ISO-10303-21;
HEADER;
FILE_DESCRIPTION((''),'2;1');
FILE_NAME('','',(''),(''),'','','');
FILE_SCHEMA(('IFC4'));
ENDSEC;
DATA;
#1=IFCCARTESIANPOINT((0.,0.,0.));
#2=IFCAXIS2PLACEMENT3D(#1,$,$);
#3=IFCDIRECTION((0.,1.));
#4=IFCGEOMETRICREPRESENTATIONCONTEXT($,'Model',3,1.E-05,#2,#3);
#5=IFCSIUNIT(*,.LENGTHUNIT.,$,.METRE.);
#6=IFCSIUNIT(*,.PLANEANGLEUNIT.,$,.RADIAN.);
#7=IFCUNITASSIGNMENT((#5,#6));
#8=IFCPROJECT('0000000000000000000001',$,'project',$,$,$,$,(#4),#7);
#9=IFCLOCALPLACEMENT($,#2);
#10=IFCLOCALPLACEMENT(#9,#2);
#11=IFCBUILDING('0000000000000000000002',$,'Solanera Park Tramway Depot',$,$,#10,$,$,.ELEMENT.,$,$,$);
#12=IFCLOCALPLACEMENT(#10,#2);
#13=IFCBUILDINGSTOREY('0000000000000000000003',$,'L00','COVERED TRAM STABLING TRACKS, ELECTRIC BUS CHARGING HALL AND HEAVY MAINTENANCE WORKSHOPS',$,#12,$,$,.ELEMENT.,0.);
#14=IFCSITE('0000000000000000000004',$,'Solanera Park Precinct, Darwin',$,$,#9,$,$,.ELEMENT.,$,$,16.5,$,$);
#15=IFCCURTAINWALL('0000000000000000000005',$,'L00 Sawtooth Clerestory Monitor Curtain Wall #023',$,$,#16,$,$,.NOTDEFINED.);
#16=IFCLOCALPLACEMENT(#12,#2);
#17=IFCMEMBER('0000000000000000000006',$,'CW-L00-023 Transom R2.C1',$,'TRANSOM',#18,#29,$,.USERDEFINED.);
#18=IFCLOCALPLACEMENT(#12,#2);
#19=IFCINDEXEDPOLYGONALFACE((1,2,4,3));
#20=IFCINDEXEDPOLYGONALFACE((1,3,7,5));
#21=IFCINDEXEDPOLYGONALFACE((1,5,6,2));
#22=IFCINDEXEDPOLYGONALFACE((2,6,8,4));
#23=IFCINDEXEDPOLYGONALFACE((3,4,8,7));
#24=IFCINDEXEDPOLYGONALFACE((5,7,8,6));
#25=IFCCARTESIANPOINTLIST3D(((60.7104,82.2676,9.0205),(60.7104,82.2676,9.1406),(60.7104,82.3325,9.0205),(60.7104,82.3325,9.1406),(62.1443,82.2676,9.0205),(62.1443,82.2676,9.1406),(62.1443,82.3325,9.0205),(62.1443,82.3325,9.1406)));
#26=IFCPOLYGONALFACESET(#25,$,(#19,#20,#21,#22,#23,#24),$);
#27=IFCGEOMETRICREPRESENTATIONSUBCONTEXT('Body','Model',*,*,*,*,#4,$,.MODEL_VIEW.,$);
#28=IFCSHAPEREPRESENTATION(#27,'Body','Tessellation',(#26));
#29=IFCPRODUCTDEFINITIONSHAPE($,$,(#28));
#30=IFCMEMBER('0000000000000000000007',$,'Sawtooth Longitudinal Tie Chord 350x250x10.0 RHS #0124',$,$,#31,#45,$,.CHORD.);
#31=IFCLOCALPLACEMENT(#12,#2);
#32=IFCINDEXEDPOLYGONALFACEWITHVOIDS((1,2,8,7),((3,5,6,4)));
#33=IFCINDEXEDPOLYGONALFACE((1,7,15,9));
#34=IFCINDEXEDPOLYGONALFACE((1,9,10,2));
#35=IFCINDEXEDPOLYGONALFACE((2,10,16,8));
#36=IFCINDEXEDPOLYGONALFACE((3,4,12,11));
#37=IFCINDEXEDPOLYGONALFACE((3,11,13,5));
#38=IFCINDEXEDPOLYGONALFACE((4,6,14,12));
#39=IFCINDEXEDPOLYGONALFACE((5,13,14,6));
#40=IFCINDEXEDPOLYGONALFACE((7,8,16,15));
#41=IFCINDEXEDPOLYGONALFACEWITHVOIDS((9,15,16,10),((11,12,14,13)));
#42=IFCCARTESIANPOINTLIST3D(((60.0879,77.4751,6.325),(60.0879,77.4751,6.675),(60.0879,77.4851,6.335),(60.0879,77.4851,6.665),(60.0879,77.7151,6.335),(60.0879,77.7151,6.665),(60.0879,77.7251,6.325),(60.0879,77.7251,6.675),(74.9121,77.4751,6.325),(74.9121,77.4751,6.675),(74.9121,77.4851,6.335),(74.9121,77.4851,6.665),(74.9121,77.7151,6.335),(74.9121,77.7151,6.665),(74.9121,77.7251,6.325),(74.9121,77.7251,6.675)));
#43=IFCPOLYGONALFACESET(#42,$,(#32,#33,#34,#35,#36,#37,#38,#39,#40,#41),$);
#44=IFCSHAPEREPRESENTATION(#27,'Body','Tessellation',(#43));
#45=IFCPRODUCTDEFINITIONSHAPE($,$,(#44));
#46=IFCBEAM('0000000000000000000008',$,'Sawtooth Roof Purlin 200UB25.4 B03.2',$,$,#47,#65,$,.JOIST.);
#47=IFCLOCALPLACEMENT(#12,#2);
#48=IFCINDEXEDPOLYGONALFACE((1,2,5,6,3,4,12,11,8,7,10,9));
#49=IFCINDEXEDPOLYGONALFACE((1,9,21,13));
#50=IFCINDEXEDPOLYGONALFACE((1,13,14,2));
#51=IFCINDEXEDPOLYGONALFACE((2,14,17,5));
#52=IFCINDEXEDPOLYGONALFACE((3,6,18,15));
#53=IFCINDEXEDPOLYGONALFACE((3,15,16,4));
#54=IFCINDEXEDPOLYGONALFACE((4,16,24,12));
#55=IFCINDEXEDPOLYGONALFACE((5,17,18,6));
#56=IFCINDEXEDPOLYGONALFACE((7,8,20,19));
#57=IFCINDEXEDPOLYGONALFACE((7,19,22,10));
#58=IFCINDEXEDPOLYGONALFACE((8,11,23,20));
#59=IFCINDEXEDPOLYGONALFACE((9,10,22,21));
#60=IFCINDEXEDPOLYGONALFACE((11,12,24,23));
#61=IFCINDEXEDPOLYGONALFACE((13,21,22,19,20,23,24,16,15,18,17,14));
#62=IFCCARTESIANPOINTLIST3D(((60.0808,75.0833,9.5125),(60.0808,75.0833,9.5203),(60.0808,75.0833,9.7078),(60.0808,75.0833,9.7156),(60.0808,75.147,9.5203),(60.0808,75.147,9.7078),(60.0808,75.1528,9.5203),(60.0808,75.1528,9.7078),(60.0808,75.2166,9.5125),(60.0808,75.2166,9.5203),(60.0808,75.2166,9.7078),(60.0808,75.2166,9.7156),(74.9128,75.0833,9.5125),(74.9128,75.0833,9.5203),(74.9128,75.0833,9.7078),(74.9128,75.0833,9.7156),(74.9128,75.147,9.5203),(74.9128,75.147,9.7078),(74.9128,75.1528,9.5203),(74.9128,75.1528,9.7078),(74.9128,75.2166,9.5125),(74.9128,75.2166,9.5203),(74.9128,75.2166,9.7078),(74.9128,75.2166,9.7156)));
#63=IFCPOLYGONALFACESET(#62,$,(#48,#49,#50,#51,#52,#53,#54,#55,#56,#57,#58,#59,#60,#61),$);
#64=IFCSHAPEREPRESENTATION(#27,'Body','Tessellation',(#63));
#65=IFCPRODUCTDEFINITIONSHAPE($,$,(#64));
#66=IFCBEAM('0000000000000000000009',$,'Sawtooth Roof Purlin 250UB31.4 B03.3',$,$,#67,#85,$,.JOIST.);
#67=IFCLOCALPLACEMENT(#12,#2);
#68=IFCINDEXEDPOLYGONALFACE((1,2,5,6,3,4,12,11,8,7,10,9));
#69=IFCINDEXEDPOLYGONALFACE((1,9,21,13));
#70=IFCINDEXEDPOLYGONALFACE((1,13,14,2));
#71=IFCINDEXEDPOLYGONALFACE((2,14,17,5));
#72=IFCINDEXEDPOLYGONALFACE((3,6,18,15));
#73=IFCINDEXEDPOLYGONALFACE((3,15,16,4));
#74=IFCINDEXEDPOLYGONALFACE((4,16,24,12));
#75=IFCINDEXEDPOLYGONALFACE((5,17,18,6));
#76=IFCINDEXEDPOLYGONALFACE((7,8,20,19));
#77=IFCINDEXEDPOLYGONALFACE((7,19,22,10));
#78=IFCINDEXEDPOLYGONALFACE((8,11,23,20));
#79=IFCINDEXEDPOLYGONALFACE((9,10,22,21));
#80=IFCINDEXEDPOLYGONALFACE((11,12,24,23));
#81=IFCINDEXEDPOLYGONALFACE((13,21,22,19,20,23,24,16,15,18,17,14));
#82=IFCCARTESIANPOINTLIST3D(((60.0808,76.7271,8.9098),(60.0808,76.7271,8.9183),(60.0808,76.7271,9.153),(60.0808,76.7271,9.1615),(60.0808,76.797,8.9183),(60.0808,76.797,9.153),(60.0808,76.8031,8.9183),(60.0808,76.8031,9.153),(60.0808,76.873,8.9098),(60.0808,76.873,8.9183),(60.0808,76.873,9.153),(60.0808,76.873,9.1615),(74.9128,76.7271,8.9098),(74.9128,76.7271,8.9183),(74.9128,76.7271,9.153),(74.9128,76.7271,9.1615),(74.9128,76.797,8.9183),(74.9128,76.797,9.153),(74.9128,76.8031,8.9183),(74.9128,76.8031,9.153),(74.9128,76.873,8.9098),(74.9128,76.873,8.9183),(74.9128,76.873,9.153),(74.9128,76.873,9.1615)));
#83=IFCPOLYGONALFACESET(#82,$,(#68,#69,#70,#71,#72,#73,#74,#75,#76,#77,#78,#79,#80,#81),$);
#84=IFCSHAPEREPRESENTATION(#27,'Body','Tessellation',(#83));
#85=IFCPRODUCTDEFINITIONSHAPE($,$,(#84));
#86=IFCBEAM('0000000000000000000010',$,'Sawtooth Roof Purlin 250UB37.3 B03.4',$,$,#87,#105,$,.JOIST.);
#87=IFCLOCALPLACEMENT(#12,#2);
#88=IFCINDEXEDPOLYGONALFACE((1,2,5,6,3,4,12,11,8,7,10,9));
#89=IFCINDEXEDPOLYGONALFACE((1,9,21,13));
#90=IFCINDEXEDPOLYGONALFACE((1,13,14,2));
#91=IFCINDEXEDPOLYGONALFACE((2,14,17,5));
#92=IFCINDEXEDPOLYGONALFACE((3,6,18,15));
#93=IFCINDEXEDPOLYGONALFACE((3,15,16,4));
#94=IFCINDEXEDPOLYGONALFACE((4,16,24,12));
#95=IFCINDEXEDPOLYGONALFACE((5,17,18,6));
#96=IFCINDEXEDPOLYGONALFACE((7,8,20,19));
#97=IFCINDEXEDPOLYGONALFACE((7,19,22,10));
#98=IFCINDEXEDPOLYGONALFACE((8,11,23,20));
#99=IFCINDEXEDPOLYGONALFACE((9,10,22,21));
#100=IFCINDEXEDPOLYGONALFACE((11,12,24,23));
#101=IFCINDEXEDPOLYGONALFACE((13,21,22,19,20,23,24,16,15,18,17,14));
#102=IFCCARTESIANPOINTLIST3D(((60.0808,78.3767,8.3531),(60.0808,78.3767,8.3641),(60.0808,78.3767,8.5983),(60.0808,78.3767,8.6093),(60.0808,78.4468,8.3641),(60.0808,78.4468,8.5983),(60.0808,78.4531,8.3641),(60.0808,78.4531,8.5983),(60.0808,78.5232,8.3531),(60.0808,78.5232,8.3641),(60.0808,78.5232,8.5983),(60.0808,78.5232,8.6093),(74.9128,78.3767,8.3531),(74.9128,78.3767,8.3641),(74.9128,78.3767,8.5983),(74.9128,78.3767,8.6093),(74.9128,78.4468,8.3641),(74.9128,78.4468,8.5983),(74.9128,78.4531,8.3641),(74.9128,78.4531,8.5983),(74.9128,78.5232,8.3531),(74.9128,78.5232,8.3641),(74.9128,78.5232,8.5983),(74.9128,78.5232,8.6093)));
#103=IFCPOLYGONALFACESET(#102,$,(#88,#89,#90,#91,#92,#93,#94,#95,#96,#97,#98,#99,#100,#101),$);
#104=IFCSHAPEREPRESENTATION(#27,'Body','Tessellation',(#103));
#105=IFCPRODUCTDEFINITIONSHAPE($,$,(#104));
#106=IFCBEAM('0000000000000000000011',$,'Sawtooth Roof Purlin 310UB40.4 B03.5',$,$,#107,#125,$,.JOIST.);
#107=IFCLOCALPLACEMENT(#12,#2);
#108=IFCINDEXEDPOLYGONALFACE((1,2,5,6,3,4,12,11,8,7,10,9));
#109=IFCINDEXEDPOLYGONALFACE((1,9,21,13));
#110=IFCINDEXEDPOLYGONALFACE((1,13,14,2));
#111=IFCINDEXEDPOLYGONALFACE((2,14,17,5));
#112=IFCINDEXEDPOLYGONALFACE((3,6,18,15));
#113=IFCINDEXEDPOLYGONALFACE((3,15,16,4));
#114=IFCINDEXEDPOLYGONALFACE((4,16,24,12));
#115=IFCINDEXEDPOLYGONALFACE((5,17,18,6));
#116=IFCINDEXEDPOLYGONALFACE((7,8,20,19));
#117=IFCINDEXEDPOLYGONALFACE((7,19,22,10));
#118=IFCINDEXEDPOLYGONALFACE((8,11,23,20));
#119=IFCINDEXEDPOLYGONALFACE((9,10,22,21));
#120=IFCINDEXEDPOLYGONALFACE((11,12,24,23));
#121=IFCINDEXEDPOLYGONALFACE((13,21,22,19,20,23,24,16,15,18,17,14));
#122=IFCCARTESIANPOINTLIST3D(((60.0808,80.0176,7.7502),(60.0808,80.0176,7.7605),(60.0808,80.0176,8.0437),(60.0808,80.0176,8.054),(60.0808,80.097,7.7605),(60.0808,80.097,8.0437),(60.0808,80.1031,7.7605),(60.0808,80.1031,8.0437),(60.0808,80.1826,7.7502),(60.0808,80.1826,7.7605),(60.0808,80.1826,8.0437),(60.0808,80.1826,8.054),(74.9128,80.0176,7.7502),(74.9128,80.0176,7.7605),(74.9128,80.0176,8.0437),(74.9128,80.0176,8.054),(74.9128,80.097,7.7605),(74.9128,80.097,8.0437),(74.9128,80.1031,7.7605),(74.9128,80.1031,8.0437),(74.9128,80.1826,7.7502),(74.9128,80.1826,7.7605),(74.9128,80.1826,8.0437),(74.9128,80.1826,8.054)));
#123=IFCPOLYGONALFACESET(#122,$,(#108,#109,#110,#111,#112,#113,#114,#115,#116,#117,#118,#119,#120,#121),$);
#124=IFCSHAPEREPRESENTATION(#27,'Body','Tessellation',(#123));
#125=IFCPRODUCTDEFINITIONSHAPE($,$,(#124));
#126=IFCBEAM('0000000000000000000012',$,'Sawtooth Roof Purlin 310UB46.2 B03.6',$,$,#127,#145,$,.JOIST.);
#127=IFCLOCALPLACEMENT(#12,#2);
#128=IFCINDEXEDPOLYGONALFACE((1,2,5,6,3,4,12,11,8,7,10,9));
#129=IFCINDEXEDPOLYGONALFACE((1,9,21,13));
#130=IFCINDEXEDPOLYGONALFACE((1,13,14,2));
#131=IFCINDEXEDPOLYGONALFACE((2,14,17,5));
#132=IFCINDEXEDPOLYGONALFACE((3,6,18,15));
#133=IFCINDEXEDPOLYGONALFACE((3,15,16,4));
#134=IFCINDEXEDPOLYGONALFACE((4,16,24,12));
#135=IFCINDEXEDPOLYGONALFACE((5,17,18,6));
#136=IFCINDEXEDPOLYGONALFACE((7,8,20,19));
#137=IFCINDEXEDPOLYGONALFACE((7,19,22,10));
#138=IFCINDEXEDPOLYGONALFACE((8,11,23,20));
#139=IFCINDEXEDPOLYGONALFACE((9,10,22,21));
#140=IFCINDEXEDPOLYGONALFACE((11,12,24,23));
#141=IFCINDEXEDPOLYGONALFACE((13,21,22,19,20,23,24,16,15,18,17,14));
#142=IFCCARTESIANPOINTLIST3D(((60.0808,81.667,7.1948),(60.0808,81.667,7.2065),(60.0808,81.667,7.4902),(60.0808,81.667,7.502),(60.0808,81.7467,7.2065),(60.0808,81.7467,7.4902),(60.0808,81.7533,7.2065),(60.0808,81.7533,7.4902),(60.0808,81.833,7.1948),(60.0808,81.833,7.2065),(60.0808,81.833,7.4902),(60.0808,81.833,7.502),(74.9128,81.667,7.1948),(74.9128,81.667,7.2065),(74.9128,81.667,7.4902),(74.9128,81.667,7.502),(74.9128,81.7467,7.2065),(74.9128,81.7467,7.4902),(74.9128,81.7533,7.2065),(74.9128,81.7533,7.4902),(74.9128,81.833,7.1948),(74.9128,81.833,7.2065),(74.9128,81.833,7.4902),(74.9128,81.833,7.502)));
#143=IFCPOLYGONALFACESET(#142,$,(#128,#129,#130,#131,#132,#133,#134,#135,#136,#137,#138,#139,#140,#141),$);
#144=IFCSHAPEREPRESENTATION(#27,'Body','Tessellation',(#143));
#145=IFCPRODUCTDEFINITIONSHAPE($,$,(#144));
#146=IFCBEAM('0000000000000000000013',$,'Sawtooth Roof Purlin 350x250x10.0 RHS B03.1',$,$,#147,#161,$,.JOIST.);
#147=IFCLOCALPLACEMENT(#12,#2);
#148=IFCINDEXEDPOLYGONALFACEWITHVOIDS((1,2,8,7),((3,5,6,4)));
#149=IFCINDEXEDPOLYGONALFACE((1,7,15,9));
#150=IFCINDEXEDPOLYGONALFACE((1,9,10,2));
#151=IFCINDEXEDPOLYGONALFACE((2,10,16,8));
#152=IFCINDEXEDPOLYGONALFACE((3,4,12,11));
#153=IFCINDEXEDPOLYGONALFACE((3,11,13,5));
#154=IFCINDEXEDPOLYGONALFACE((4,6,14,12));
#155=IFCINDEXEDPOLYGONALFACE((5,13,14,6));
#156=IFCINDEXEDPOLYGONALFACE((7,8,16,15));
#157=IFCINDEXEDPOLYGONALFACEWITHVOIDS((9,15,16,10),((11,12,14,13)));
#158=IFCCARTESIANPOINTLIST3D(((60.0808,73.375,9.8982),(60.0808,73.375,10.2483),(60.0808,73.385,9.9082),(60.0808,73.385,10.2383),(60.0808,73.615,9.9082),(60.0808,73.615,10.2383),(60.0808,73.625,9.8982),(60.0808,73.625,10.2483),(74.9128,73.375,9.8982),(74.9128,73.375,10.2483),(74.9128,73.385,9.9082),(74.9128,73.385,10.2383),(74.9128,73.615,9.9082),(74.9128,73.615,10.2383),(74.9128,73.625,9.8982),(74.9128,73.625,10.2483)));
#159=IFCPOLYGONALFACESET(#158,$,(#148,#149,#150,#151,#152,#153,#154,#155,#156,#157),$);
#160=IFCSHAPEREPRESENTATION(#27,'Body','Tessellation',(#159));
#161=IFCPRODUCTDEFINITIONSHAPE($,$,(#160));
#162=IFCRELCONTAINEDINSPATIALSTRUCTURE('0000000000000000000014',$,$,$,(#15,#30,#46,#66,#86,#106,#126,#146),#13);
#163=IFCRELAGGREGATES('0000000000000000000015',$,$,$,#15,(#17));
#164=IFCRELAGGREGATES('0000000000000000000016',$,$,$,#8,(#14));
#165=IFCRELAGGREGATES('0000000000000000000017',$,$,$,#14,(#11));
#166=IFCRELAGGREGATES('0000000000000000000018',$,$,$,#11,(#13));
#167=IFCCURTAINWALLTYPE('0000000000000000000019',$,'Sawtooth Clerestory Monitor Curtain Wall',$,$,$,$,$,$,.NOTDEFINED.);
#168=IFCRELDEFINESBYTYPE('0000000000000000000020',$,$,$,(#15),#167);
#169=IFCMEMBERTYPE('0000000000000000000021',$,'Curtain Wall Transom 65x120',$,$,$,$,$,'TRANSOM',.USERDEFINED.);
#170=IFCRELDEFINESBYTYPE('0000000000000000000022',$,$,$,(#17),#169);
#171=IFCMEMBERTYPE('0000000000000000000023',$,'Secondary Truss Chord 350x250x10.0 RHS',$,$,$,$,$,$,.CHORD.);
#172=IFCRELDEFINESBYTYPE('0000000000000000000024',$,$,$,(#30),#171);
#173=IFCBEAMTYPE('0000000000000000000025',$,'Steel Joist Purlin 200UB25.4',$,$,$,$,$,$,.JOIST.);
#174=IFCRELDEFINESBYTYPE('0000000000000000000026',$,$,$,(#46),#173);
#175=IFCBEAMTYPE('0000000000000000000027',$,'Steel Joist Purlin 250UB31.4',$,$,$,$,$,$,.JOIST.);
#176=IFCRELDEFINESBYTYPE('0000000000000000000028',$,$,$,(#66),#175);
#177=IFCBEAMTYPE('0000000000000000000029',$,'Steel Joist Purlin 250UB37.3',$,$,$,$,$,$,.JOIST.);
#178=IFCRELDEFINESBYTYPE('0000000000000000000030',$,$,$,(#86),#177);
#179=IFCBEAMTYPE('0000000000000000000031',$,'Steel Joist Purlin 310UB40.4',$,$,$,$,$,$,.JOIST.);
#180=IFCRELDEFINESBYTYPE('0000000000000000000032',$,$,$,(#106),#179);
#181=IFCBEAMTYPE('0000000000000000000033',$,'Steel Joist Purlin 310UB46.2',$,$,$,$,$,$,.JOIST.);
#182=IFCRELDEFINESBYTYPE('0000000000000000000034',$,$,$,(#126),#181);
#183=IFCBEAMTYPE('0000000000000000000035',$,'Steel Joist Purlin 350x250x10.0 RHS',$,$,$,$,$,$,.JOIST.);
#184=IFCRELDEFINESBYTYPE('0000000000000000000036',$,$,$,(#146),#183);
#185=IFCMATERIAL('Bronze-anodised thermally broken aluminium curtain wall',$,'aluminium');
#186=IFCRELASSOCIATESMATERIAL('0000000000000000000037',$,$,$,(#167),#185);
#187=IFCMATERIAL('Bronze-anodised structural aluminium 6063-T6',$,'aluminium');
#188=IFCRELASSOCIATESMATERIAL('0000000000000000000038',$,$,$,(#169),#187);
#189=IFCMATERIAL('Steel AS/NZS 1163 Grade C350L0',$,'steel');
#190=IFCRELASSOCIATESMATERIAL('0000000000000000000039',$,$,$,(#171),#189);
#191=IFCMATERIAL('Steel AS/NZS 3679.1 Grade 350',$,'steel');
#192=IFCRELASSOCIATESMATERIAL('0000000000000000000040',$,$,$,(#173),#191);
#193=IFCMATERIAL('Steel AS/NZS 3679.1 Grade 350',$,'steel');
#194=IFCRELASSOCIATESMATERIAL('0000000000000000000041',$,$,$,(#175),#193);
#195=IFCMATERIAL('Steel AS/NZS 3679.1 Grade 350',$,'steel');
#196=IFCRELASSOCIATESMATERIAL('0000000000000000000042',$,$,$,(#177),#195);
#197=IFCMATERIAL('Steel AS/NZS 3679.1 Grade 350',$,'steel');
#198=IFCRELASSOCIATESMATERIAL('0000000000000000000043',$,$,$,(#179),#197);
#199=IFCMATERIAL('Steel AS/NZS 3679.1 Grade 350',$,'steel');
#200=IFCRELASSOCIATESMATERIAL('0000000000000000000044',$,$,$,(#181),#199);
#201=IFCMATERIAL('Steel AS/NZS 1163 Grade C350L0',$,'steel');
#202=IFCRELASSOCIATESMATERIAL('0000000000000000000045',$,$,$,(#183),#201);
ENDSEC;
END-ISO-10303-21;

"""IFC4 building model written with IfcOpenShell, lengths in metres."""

from ifc_helpers import new_model, si_unit, direction, frame, origin, origin_2d, place, context, subcontext, project, spatial, rectangle, hollow_rectangle, i_section, extrude, material, material_profile, profile_set, type_object, element, aggregate, save


model = new_model("IFC4")

# Units and contexts
model_context = context("Model", 3, precision=1e-05, world=origin(), true_north=direction((0.0, 1.0)))
body_context = subcontext(model_context, "Body", "Model", "MODEL_VIEW")
ifc_project = project(units=[si_unit("LENGTHUNIT", "METRE"), si_unit("PLANEANGLEUNIT", "RADIAN")], contexts=[model_context])

# Site, building, storey
site_placement = place(None, origin())
site = spatial("IfcSite", under=ifc_project, at=site_placement, Name="Solanera Park Precinct, Darwin", CompositionType="ELEMENT", RefElevation=16.5)
building_placement = place(site_placement, origin())
building = spatial("IfcBuilding", under=site, at=building_placement, Name="Solanera Park Tramway Depot", CompositionType="ELEMENT")
storey_placement = place(building_placement, origin())
storey = spatial("IfcBuildingStorey", under=building, at=storey_placement, Name="L00", Description="COVERED TRAM STABLING TRACKS, ELECTRIC BUS CHARGING HALL AND HEAVY MAINTENANCE WORKSHOPS", CompositionType="ELEMENT", Elevation=0.0)

# Shared definitions
ifc_material_1 = material(Name="Bronze-anodised thermally broken aluminium curtain wall", Category="aluminium")
curtain_wall_type = type_object("IfcCurtainWallType", Name="Sawtooth Clerestory Monitor Curtain Wall", PredefinedType="NOTDEFINED", material=ifc_material_1)

# Curtain wall
curtain_wall_1_placement = place(storey_placement, origin())
curtain_wall_1 = element("IfcCurtainWall", 1, at=curtain_wall_1_placement, inside=storey, type_object=curtain_wall_type, Name="L00 Sawtooth Clerestory Monitor Curtain Wall #023", PredefinedType="NOTDEFINED")

# Members
ifc_material_2 = material(Name="Bronze-anodised structural aluminium 6063-T6", Category="aluminium")
ifc_material_profile_1 = material_profile(ifc_material_2, rectangle(XDim=0.0649, YDim=0.1201, at=origin_2d()), Name="Curtain Wall Transom 65x120")
ifc_profile_set_1 = profile_set([ifc_material_profile_1], Name="Bronze-anodised structural aluminium 6063-T6")
member_type_1 = type_object("IfcMemberType", Name="Curtain Wall Transom 65x120", ElementType="TRANSOM", PredefinedType="USERDEFINED", material=ifc_profile_set_1)
member_1_placement = place(storey_placement, frame((60.7104, 82.3, 9.0806), z_axis=(1.0, 0.0, 0.0), x_axis=(0.0, 1.0, 0.0)))
member_1 = element("IfcMember", 2, at=member_1_placement, type_object=member_type_1, Name="CW-L00-023 Transom R2.C1", ObjectType="TRANSOM", PredefinedType="USERDEFINED", context=body_context, shape_type="SweptSolid", body=[
    extrude(rectangle(XDim=0.0649, YDim=0.1201, at=origin_2d()), origin(), (0.0, 0.0, 1.0), 1.4338),
])
aggregate(curtain_wall_1, [member_1])
ifc_material_3 = material(Name="Steel AS/NZS 1163 Grade C350L0", Category="steel")
ifc_material_profile_2 = material_profile(ifc_material_3, hollow_rectangle(XDim=0.25, YDim=0.3501, WallThickness=0.01, at=origin_2d()), Name="350x250x10.0 RHS")
ifc_profile_set_2 = profile_set([ifc_material_profile_2], Name="Steel AS/NZS 1163 Grade C350L0")
member_type_2 = type_object("IfcMemberType", Name="Secondary Truss Chord 350x250x10.0 RHS", PredefinedType="CHORD", material=ifc_profile_set_2)
member_2_placement = place(storey_placement, frame((60.0879, 77.6001, 6.5), z_axis=(1.0, 0.0, 0.0), x_axis=(0.0, 1.0, 0.0)))
element("IfcMember", 3, at=member_2_placement, inside=storey, type_object=member_type_2, Name="Sawtooth Longitudinal Tie Chord 350x250x10.0 RHS #0124", PredefinedType="CHORD", context=body_context, shape_type="SweptSolid", body=[
    extrude(hollow_rectangle(XDim=0.25, YDim=0.3501, WallThickness=0.01, at=origin_2d()), origin(), (0.0, 0.0, 1.0), 14.8242),
])

# Beams
ifc_material_4 = material(Name="Steel AS/NZS 3679.1 Grade 350", Category="steel")
ifc_material_profile_3 = material_profile(ifc_material_4, i_section(OverallWidth=0.1333, OverallDepth=0.2031, WebThickness=0.0059, FlangeThickness=0.0078, at=origin_2d()), Name="200UB25.4")
ifc_profile_set_3 = profile_set([ifc_material_profile_3], Name="Steel AS/NZS 3679.1 Grade 350")
beam_type_1 = type_object("IfcBeamType", Name="Steel Joist Purlin 200UB25.4", PredefinedType="JOIST", material=ifc_profile_set_3)
beam_1_placement = place(storey_placement, frame((60.0808, 75.1499, 9.614), z_axis=(1.0, 0.0, 0.0), x_axis=(0.0, 1.0, 0.0)))
element("IfcBeam", 4, at=beam_1_placement, inside=storey, type_object=beam_type_1, Name="Sawtooth Roof Purlin 200UB25.4 B03.2", PredefinedType="JOIST", context=body_context, shape_type="SweptSolid", body=[
    extrude(i_section(OverallWidth=0.1333, OverallDepth=0.2031, WebThickness=0.0059, FlangeThickness=0.0078, at=origin_2d()), origin(), (0.0, 0.0, 1.0), 14.832),
])
ifc_material_5 = material(Name="Steel AS/NZS 3679.1 Grade 350", Category="steel")
ifc_material_profile_4 = material_profile(ifc_material_5, i_section(OverallWidth=0.146, OverallDepth=0.2517, WebThickness=0.0061, FlangeThickness=0.0085, at=origin_2d()), Name="250UB31.4")
ifc_profile_set_4 = profile_set([ifc_material_profile_4], Name="Steel AS/NZS 3679.1 Grade 350")
beam_type_2 = type_object("IfcBeamType", Name="Steel Joist Purlin 250UB31.4", PredefinedType="JOIST", material=ifc_profile_set_4)
beam_2_placement = place(storey_placement, frame((60.0808, 76.8, 9.0356), z_axis=(1.0, 0.0, 0.0), x_axis=(0.0, 1.0, 0.0)))
element("IfcBeam", 5, at=beam_2_placement, inside=storey, type_object=beam_type_2, Name="Sawtooth Roof Purlin 250UB31.4 B03.3", PredefinedType="JOIST", context=body_context, shape_type="SweptSolid", body=[
    extrude(i_section(OverallWidth=0.146, OverallDepth=0.2517, WebThickness=0.0061, FlangeThickness=0.0085, at=origin_2d()), origin(), (0.0, 0.0, 1.0), 14.832),
])
ifc_material_6 = material(Name="Steel AS/NZS 3679.1 Grade 350", Category="steel")
ifc_material_profile_5 = material_profile(ifc_material_6, i_section(OverallWidth=0.1465, OverallDepth=0.2561, WebThickness=0.0063, FlangeThickness=0.011, at=origin_2d()), Name="250UB37.3")
ifc_profile_set_5 = profile_set([ifc_material_profile_5], Name="Steel AS/NZS 3679.1 Grade 350")
beam_type_3 = type_object("IfcBeamType", Name="Steel Joist Purlin 250UB37.3", PredefinedType="JOIST", material=ifc_profile_set_5)
beam_3_placement = place(storey_placement, frame((60.0808, 78.45, 8.4812), z_axis=(1.0, 0.0, 0.0), x_axis=(0.0, 1.0, 0.0)))
element("IfcBeam", 6, at=beam_3_placement, inside=storey, type_object=beam_type_3, Name="Sawtooth Roof Purlin 250UB37.3 B03.4", PredefinedType="JOIST", context=body_context, shape_type="SweptSolid", body=[
    extrude(i_section(OverallWidth=0.1465, OverallDepth=0.2561, WebThickness=0.0063, FlangeThickness=0.011, at=origin_2d()), origin(), (0.0, 0.0, 1.0), 14.832),
])
ifc_material_7 = material(Name="Steel AS/NZS 3679.1 Grade 350", Category="steel")
ifc_material_profile_6 = material_profile(ifc_material_7, i_section(OverallWidth=0.165, OverallDepth=0.3037, WebThickness=0.0061, FlangeThickness=0.0103, at=origin_2d()), Name="310UB40.4")
ifc_profile_set_6 = profile_set([ifc_material_profile_6], Name="Steel AS/NZS 3679.1 Grade 350")
beam_type_4 = type_object("IfcBeamType", Name="Steel Joist Purlin 310UB40.4", PredefinedType="JOIST", material=ifc_profile_set_6)
beam_4_placement = place(storey_placement, frame((60.0808, 80.1001, 7.9021), z_axis=(1.0, 0.0, 0.0), x_axis=(0.0, 1.0, 0.0)))
element("IfcBeam", 7, at=beam_4_placement, inside=storey, type_object=beam_type_4, Name="Sawtooth Roof Purlin 310UB40.4 B03.5", PredefinedType="JOIST", context=body_context, shape_type="SweptSolid", body=[
    extrude(i_section(OverallWidth=0.165, OverallDepth=0.3037, WebThickness=0.0061, FlangeThickness=0.0103, at=origin_2d()), origin(), (0.0, 0.0, 1.0), 14.832),
])
ifc_material_8 = material(Name="Steel AS/NZS 3679.1 Grade 350", Category="steel")
ifc_material_profile_7 = material_profile(ifc_material_8, i_section(OverallWidth=0.166, OverallDepth=0.3071, WebThickness=0.0066, FlangeThickness=0.0117, at=origin_2d()), Name="310UB46.2")
ifc_profile_set_7 = profile_set([ifc_material_profile_7], Name="Steel AS/NZS 3679.1 Grade 350")
beam_type_5 = type_object("IfcBeamType", Name="Steel Joist Purlin 310UB46.2", PredefinedType="JOIST", material=ifc_profile_set_7)
beam_5_placement = place(storey_placement, frame((60.0808, 81.75, 7.3484), z_axis=(1.0, 0.0, 0.0), x_axis=(0.0, 1.0, 0.0)))
element("IfcBeam", 8, at=beam_5_placement, inside=storey, type_object=beam_type_5, Name="Sawtooth Roof Purlin 310UB46.2 B03.6", PredefinedType="JOIST", context=body_context, shape_type="SweptSolid", body=[
    extrude(i_section(OverallWidth=0.166, OverallDepth=0.3071, WebThickness=0.0066, FlangeThickness=0.0117, at=origin_2d()), origin(), (0.0, 0.0, 1.0), 14.832),
])
ifc_material_9 = material(Name="Steel AS/NZS 1163 Grade C350L0", Category="steel")
ifc_material_profile_8 = material_profile(ifc_material_9, hollow_rectangle(XDim=0.25, YDim=0.3501, WallThickness=0.01, at=origin_2d()), Name="350x250x10.0 RHS")
ifc_profile_set_8 = profile_set([ifc_material_profile_8], Name="Steel AS/NZS 1163 Grade C350L0")
beam_type_6 = type_object("IfcBeamType", Name="Steel Joist Purlin 350x250x10.0 RHS", PredefinedType="JOIST", material=ifc_profile_set_8)
beam_6_placement = place(storey_placement, frame((60.0808, 73.5, 10.0732), z_axis=(1.0, 0.0, 0.0), x_axis=(0.0, 1.0, 0.0)))
element("IfcBeam", 9, at=beam_6_placement, inside=storey, type_object=beam_type_6, Name="Sawtooth Roof Purlin 350x250x10.0 RHS B03.1", PredefinedType="JOIST", context=body_context, shape_type="SweptSolid", body=[
    extrude(hollow_rectangle(XDim=0.25, YDim=0.3501, WallThickness=0.01, at=origin_2d()), origin(), (0.0, 0.0, 1.0), 14.832),
])

save(model, "model.ifc")
